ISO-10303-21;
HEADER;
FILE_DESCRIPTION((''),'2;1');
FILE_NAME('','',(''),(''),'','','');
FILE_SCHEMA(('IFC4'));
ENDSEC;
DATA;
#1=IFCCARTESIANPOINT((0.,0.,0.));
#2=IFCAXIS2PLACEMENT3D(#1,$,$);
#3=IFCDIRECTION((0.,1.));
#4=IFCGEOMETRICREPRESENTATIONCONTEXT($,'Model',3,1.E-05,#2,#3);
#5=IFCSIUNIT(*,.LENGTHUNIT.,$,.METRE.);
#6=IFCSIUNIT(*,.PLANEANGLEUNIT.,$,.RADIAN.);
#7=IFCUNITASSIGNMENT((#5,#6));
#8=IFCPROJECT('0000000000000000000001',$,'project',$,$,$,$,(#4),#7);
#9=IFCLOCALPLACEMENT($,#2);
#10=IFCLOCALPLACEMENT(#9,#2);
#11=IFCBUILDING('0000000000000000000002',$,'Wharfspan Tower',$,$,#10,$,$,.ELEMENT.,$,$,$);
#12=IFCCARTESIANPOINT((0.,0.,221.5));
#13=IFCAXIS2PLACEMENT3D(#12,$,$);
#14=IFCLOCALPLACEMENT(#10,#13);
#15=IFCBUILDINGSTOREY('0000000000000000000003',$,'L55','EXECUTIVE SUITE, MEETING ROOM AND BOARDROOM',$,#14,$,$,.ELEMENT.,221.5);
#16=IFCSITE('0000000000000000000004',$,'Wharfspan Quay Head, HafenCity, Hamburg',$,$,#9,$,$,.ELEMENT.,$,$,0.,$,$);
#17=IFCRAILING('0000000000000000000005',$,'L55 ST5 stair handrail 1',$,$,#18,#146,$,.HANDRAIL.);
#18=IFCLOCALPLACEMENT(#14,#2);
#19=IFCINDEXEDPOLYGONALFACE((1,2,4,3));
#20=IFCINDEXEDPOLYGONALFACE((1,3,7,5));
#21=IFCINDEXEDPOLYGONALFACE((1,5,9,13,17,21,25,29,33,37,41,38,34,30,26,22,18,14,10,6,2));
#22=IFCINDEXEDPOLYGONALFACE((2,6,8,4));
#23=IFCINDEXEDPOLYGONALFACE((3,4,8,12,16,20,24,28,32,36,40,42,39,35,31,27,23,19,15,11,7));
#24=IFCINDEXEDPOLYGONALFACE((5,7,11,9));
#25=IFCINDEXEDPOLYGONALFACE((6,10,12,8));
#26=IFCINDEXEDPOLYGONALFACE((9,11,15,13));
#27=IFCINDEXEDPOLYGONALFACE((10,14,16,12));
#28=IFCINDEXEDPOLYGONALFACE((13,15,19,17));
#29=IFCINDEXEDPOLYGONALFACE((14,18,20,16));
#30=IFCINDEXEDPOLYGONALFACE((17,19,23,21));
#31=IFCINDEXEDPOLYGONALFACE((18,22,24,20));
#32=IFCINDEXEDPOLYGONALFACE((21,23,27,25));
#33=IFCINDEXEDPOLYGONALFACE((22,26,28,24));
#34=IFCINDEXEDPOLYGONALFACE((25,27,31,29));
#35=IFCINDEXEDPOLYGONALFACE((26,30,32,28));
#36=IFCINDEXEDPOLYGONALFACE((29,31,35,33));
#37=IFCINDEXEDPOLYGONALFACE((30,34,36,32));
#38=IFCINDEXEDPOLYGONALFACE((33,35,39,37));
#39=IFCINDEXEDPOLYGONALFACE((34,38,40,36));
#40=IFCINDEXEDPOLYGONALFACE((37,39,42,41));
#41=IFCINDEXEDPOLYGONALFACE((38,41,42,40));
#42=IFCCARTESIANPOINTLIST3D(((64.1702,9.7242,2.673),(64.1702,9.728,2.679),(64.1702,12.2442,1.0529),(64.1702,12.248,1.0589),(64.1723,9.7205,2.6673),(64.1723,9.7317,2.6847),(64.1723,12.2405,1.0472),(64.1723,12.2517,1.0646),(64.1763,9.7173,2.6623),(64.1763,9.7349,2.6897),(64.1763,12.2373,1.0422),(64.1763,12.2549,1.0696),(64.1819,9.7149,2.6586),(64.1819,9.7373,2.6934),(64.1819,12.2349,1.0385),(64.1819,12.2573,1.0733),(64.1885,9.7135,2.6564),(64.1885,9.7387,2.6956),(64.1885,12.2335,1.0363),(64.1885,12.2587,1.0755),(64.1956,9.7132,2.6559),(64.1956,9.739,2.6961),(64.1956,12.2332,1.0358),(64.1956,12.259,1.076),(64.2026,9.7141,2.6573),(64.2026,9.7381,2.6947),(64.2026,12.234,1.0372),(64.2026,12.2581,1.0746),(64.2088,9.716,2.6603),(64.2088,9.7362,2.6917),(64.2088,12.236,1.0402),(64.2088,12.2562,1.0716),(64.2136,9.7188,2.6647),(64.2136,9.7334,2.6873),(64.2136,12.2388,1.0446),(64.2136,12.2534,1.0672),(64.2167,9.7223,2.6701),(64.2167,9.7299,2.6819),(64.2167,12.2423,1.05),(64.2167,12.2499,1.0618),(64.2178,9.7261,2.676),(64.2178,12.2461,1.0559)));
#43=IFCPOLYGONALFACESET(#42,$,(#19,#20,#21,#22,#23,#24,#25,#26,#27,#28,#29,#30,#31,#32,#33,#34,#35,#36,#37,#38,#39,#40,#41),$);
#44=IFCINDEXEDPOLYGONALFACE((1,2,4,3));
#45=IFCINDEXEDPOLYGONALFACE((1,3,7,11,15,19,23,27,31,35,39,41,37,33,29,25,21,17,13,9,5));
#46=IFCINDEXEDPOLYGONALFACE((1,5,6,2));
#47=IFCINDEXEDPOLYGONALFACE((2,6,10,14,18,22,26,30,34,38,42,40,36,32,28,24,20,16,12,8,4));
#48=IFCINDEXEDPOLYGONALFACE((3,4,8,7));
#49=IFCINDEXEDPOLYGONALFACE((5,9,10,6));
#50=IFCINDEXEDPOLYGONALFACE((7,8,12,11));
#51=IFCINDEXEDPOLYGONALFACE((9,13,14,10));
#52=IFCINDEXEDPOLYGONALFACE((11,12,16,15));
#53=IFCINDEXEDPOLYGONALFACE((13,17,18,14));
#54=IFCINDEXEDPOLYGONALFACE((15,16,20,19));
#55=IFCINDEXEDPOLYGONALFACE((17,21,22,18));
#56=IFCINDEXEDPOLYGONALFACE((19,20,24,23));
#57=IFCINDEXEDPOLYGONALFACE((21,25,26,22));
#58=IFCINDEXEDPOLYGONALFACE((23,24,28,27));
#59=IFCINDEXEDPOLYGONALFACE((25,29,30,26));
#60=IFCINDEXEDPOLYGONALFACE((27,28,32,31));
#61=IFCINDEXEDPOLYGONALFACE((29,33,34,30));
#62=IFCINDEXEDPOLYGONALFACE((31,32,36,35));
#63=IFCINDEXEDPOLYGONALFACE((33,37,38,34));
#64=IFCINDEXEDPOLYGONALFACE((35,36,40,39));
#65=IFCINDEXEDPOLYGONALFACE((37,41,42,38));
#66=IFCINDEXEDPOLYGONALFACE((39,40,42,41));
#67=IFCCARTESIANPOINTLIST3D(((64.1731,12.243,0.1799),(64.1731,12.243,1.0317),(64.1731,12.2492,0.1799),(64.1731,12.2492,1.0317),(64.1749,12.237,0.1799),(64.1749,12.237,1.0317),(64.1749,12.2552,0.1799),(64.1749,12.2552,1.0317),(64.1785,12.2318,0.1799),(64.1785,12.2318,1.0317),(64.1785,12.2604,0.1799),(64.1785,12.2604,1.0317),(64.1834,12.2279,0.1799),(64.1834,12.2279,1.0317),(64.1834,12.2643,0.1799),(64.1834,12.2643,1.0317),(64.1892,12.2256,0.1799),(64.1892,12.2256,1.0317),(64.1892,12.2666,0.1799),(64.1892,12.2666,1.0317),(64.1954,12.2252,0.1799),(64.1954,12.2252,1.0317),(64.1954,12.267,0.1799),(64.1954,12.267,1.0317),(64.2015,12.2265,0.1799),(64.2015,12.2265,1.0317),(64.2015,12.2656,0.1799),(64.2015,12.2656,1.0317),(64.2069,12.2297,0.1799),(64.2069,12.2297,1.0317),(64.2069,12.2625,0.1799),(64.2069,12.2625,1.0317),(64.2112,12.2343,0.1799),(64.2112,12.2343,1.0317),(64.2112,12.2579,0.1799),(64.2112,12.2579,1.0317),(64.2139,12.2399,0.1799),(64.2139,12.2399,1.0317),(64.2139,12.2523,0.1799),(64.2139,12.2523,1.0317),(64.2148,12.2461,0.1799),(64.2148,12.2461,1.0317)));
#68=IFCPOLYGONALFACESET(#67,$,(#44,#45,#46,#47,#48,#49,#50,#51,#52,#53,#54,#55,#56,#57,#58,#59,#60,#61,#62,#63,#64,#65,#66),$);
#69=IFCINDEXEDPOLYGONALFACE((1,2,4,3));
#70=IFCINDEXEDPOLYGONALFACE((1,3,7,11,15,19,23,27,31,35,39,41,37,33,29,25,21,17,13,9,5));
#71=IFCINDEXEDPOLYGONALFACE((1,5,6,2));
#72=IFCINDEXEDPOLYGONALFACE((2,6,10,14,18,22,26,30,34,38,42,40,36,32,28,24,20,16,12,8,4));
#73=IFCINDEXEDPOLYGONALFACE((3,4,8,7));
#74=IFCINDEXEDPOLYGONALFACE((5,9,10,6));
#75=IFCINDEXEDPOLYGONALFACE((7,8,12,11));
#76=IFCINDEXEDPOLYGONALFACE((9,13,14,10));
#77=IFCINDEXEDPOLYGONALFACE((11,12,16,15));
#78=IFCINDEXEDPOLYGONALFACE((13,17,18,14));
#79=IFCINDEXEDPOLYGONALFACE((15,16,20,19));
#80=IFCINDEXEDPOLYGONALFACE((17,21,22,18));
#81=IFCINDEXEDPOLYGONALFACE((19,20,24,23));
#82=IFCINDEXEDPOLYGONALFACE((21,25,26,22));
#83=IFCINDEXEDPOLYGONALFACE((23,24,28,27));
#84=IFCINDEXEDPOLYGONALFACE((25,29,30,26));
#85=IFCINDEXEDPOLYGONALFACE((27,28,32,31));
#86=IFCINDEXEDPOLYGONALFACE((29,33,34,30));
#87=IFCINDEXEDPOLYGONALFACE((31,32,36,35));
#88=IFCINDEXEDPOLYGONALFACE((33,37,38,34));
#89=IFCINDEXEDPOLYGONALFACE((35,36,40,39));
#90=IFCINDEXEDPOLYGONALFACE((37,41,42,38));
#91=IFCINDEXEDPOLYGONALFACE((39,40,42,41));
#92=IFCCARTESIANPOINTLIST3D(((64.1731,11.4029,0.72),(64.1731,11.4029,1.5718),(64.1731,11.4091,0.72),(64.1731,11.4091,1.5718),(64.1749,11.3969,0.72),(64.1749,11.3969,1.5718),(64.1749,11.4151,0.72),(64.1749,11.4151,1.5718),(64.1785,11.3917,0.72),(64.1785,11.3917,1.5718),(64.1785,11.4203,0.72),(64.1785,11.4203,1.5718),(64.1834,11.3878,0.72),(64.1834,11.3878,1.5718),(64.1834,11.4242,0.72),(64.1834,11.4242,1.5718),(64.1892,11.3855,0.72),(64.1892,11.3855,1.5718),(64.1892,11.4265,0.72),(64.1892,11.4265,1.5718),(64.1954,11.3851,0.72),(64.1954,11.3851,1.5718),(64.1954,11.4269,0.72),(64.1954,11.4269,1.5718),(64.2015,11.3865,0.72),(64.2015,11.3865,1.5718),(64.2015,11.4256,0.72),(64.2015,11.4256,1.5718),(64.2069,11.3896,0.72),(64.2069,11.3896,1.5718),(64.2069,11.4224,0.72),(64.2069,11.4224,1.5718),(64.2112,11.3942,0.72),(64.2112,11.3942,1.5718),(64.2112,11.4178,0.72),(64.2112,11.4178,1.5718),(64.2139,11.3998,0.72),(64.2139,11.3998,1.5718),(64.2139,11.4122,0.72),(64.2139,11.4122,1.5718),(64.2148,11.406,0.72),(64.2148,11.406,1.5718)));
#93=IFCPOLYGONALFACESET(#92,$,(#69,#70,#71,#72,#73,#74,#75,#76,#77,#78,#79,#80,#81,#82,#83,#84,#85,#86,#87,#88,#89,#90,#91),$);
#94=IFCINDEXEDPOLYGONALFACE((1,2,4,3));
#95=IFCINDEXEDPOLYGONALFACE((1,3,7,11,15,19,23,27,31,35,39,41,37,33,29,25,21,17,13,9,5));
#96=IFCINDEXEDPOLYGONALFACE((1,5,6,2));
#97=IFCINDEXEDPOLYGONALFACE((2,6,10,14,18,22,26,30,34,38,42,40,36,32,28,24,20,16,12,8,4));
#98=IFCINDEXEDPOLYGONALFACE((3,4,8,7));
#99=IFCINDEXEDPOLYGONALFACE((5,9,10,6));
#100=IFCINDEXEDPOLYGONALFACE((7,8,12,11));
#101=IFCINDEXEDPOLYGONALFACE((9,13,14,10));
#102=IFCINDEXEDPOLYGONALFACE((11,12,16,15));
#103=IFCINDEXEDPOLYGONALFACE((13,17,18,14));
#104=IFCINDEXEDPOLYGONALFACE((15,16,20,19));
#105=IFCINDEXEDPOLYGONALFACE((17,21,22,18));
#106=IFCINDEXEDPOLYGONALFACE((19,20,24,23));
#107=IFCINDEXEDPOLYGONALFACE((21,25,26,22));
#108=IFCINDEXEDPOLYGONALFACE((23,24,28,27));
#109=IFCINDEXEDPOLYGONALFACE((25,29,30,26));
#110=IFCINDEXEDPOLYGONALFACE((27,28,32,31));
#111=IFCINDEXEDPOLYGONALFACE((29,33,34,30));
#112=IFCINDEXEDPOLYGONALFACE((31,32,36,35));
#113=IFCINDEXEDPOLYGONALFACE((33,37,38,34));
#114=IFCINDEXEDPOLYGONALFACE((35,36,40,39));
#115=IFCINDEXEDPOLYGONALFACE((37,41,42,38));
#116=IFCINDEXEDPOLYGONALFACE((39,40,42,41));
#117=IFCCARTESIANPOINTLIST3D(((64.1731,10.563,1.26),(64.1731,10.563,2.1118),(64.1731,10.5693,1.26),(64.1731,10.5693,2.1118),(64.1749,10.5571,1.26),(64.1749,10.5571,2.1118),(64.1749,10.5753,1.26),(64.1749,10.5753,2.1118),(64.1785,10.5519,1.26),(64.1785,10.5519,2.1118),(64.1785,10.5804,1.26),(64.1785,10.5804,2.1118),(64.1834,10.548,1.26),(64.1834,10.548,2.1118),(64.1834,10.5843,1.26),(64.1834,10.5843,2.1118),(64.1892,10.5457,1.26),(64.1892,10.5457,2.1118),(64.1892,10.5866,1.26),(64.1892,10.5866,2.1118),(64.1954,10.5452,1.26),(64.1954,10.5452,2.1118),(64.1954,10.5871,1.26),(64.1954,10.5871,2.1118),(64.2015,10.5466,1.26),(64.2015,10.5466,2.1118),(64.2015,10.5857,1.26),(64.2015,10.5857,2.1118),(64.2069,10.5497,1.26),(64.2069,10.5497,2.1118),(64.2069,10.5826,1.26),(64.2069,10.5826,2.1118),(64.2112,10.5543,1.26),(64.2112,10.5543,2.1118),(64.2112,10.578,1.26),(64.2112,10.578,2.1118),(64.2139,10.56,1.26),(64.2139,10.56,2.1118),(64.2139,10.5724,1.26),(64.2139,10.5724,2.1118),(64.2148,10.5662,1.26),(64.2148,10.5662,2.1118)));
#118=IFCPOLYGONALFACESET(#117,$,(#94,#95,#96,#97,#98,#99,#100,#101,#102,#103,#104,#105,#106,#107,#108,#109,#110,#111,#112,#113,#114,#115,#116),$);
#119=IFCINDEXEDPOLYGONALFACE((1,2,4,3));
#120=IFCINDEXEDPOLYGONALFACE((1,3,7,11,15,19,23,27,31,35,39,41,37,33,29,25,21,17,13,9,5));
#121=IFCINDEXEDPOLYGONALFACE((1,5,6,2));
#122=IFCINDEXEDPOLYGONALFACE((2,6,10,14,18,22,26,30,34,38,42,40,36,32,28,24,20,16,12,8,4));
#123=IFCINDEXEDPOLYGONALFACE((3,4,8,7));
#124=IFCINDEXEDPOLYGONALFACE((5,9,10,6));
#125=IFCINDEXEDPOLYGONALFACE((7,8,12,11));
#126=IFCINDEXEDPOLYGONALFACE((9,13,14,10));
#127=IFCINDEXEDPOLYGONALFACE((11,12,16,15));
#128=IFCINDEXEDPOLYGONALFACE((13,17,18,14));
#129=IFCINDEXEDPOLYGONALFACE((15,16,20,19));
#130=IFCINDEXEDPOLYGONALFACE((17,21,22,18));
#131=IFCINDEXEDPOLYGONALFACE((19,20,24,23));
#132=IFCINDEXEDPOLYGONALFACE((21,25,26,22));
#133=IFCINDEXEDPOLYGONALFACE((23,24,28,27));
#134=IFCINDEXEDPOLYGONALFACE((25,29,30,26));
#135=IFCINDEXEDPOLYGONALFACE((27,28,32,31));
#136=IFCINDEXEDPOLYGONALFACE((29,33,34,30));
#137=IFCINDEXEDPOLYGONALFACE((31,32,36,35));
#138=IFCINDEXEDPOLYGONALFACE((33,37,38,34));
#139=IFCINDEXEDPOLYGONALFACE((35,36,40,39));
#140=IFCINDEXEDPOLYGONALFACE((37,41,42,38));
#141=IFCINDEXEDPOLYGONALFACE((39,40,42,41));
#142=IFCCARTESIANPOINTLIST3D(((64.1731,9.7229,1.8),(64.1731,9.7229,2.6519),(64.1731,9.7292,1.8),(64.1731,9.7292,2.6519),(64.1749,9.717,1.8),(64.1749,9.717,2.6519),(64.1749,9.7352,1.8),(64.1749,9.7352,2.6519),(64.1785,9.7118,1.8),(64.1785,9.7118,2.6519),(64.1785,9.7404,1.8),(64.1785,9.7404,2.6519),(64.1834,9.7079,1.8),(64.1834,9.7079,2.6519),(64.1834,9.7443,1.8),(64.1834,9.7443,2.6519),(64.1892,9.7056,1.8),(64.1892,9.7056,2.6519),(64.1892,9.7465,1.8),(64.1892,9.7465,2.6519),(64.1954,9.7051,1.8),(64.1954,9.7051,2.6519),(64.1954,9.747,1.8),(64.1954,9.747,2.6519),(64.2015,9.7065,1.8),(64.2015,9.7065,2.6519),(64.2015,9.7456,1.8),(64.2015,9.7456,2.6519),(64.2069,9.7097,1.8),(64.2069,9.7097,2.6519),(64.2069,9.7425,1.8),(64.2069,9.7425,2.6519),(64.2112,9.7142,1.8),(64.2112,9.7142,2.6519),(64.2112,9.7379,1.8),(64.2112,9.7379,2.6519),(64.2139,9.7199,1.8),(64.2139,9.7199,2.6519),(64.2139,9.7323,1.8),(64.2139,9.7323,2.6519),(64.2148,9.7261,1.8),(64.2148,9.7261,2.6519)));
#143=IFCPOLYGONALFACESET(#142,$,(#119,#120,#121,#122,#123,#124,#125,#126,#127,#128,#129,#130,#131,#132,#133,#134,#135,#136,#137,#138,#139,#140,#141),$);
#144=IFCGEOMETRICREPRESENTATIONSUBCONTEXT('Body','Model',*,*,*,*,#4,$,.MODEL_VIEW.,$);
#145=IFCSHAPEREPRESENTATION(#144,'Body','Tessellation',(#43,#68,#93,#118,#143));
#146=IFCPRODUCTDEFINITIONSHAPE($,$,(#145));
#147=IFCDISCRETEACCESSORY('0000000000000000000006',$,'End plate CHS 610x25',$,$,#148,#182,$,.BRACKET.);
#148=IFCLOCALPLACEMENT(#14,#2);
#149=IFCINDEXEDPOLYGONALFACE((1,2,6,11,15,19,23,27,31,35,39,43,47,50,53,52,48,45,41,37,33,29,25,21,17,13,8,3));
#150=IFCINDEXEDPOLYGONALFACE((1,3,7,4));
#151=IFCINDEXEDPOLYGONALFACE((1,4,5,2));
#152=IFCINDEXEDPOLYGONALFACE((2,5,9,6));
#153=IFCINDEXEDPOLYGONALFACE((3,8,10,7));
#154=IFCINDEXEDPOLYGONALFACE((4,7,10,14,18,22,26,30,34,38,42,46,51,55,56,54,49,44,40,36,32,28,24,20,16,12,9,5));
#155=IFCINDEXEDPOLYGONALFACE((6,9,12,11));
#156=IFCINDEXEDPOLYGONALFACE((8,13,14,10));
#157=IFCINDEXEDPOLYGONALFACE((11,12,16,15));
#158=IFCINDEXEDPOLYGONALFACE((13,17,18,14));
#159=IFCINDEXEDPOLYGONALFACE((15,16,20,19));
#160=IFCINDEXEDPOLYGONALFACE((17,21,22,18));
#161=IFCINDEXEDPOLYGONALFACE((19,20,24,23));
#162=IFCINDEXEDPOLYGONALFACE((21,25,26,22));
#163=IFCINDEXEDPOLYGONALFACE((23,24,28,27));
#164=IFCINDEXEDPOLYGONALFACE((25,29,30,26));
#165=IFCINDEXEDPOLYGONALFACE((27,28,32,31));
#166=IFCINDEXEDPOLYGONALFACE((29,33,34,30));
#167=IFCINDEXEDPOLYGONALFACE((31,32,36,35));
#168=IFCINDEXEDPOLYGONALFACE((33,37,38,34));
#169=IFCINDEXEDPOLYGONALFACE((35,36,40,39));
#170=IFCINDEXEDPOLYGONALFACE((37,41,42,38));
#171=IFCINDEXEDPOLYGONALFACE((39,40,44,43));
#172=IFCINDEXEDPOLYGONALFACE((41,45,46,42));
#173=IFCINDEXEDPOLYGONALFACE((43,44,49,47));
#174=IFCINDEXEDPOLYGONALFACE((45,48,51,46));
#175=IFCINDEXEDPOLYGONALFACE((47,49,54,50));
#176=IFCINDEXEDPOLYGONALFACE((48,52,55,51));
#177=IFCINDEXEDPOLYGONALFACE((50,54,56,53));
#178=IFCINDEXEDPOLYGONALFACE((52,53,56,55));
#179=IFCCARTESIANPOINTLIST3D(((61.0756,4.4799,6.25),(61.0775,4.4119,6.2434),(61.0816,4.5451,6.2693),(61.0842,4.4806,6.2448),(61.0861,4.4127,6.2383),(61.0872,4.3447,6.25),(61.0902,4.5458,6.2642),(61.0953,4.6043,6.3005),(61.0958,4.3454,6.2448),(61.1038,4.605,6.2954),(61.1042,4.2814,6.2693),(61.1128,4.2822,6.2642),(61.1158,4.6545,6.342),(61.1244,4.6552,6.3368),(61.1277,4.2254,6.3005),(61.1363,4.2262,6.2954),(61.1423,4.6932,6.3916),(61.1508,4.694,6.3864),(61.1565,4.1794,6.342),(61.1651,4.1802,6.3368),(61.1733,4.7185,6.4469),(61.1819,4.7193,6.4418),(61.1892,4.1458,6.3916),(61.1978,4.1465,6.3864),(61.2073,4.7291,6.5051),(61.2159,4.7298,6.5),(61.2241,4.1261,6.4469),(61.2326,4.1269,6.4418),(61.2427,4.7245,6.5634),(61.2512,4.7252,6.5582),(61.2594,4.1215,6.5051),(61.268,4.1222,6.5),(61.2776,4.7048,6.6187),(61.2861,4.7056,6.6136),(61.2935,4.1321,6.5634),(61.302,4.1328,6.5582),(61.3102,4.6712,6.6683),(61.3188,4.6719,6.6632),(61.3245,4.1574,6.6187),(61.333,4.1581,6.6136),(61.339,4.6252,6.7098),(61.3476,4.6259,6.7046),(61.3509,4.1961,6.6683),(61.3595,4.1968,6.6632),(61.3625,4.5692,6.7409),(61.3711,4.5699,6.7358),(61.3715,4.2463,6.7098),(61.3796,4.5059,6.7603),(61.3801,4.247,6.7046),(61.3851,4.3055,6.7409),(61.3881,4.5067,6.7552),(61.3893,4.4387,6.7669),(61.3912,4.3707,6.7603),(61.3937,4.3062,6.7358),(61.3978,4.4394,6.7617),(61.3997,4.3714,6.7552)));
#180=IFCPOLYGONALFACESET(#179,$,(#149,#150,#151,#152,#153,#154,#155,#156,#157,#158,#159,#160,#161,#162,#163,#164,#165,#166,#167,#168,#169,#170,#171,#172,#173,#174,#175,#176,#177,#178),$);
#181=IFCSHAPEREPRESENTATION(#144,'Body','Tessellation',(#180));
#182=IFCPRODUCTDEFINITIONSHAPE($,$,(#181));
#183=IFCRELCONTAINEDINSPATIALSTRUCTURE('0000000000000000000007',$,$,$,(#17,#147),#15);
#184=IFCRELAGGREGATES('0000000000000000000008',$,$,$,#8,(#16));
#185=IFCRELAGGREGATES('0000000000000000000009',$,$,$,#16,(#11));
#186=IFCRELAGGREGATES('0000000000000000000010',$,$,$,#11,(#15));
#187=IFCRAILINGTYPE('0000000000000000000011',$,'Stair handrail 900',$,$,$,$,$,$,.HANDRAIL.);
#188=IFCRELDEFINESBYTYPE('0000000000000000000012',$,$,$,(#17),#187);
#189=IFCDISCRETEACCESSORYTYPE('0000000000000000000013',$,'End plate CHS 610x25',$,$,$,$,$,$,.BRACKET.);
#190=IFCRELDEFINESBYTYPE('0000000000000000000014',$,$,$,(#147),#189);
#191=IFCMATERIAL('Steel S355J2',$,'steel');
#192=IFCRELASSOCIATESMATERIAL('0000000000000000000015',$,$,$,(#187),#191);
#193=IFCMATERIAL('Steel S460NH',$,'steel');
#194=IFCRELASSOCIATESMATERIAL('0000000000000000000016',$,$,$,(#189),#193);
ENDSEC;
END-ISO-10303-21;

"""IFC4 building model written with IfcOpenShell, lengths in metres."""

from ifc_helpers import new_model, si_unit, direction, frame, origin, origin_2d, place, context, subcontext, project, spatial, circle, extrude, material, material_profile, profile_set, type_object, element, save


model = new_model("IFC4")

# Units and contexts
model_context = context("Model", 3, precision=1e-05, world=origin(), true_north=direction((0.0, 1.0)))
body_context = subcontext(model_context, "Body", "Model", "MODEL_VIEW")
ifc_project = project(units=[si_unit("LENGTHUNIT", "METRE"), si_unit("PLANEANGLEUNIT", "RADIAN")], contexts=[model_context])

# Site, building, storey
site_placement = place(None, origin())
site = spatial("IfcSite", under=ifc_project, at=site_placement, Name="Wharfspan Quay Head, HafenCity, Hamburg", CompositionType="ELEMENT", RefElevation=0.0)
building_placement = place(site_placement, origin())
building = spatial("IfcBuilding", under=site, at=building_placement, Name="Wharfspan Tower", CompositionType="ELEMENT")
storey_placement = place(building_placement, frame((0.0, 0.0, 221.5)))
storey = spatial("IfcBuildingStorey", under=building, at=storey_placement, Name="L55", Description="EXECUTIVE SUITE, MEETING ROOM AND BOARDROOM", CompositionType="ELEMENT", Elevation=221.5)

# Shared definitions
ifc_material_1 = material(Name="Steel S355J2", Category="steel")

# Railing
railing_type = type_object("IfcRailingType", Name="Stair handrail 900", PredefinedType="HANDRAIL", material=ifc_material_1)
railing_placement = place(storey_placement, frame((64.1938, 12.2461, 0.1799)))
element("IfcRailing", 1, at=railing_placement, inside=storey, type_object=railing_type, Name="L55 ST5 stair handrail 1", PredefinedType="HANDRAIL", context=body_context, shape_type="SweptSolid", body=[
    extrude(circle(Radius=0.0239, at=origin_2d()), frame((0.0, 0.0, 0.876), z_axis=(0.0, -0.841163, 0.540782), x_axis=(1.0, 0.0, 0.0)), (0.0, 0.0, 1.0), 2.9958),
    extrude(circle(Radius=0.021, at=origin_2d()), origin(), (0.0, 0.0, 1.0), 0.8518),
    extrude(circle(Radius=0.021, at=origin_2d()), frame((0.0, -0.8401, 0.54)), (0.0, 0.0, 1.0), 0.8518),
    extrude(circle(Radius=0.021, at=origin_2d()), frame((0.0, -1.6799, 1.0801)), (0.0, 0.0, 1.0), 0.8518),
    extrude(circle(Radius=0.021, at=origin_2d()), frame((0.0, -2.52, 1.6201)), (0.0, 0.0, 1.0), 0.8518),
])

# Discrete accessory
ifc_material_2 = material(Name="Steel S460NH", Category="steel")
ifc_material_profile_1 = material_profile(ifc_material_2, circle(Radius=0.3049, at=origin_2d()))
ifc_profile_set_1 = profile_set([ifc_material_profile_1], Name="Steel S460NH")
discrete_accessory_type = type_object("IfcDiscreteAccessoryType", Name="End plate CHS 610x25", PredefinedType="BRACKET", material=ifc_profile_set_1)
discrete_accessory_placement = place(storey_placement, frame((61.2419, 4.426, 6.5), z_axis=(-0.855186, -0.073302, 0.513112), x_axis=(0.085402, -0.996345, 0.000001)))
element("IfcDiscreteAccessory", 2, at=discrete_accessory_placement, inside=storey, type_object=discrete_accessory_type, Name="End plate CHS 610x25", PredefinedType="BRACKET", context=body_context, shape_type="SweptSolid", body=[
    extrude(circle(Radius=0.3049, at=origin_2d()), origin(), (0.0, 0.0, 1.0), 0.01),
])

save(model, "model.ifc")
